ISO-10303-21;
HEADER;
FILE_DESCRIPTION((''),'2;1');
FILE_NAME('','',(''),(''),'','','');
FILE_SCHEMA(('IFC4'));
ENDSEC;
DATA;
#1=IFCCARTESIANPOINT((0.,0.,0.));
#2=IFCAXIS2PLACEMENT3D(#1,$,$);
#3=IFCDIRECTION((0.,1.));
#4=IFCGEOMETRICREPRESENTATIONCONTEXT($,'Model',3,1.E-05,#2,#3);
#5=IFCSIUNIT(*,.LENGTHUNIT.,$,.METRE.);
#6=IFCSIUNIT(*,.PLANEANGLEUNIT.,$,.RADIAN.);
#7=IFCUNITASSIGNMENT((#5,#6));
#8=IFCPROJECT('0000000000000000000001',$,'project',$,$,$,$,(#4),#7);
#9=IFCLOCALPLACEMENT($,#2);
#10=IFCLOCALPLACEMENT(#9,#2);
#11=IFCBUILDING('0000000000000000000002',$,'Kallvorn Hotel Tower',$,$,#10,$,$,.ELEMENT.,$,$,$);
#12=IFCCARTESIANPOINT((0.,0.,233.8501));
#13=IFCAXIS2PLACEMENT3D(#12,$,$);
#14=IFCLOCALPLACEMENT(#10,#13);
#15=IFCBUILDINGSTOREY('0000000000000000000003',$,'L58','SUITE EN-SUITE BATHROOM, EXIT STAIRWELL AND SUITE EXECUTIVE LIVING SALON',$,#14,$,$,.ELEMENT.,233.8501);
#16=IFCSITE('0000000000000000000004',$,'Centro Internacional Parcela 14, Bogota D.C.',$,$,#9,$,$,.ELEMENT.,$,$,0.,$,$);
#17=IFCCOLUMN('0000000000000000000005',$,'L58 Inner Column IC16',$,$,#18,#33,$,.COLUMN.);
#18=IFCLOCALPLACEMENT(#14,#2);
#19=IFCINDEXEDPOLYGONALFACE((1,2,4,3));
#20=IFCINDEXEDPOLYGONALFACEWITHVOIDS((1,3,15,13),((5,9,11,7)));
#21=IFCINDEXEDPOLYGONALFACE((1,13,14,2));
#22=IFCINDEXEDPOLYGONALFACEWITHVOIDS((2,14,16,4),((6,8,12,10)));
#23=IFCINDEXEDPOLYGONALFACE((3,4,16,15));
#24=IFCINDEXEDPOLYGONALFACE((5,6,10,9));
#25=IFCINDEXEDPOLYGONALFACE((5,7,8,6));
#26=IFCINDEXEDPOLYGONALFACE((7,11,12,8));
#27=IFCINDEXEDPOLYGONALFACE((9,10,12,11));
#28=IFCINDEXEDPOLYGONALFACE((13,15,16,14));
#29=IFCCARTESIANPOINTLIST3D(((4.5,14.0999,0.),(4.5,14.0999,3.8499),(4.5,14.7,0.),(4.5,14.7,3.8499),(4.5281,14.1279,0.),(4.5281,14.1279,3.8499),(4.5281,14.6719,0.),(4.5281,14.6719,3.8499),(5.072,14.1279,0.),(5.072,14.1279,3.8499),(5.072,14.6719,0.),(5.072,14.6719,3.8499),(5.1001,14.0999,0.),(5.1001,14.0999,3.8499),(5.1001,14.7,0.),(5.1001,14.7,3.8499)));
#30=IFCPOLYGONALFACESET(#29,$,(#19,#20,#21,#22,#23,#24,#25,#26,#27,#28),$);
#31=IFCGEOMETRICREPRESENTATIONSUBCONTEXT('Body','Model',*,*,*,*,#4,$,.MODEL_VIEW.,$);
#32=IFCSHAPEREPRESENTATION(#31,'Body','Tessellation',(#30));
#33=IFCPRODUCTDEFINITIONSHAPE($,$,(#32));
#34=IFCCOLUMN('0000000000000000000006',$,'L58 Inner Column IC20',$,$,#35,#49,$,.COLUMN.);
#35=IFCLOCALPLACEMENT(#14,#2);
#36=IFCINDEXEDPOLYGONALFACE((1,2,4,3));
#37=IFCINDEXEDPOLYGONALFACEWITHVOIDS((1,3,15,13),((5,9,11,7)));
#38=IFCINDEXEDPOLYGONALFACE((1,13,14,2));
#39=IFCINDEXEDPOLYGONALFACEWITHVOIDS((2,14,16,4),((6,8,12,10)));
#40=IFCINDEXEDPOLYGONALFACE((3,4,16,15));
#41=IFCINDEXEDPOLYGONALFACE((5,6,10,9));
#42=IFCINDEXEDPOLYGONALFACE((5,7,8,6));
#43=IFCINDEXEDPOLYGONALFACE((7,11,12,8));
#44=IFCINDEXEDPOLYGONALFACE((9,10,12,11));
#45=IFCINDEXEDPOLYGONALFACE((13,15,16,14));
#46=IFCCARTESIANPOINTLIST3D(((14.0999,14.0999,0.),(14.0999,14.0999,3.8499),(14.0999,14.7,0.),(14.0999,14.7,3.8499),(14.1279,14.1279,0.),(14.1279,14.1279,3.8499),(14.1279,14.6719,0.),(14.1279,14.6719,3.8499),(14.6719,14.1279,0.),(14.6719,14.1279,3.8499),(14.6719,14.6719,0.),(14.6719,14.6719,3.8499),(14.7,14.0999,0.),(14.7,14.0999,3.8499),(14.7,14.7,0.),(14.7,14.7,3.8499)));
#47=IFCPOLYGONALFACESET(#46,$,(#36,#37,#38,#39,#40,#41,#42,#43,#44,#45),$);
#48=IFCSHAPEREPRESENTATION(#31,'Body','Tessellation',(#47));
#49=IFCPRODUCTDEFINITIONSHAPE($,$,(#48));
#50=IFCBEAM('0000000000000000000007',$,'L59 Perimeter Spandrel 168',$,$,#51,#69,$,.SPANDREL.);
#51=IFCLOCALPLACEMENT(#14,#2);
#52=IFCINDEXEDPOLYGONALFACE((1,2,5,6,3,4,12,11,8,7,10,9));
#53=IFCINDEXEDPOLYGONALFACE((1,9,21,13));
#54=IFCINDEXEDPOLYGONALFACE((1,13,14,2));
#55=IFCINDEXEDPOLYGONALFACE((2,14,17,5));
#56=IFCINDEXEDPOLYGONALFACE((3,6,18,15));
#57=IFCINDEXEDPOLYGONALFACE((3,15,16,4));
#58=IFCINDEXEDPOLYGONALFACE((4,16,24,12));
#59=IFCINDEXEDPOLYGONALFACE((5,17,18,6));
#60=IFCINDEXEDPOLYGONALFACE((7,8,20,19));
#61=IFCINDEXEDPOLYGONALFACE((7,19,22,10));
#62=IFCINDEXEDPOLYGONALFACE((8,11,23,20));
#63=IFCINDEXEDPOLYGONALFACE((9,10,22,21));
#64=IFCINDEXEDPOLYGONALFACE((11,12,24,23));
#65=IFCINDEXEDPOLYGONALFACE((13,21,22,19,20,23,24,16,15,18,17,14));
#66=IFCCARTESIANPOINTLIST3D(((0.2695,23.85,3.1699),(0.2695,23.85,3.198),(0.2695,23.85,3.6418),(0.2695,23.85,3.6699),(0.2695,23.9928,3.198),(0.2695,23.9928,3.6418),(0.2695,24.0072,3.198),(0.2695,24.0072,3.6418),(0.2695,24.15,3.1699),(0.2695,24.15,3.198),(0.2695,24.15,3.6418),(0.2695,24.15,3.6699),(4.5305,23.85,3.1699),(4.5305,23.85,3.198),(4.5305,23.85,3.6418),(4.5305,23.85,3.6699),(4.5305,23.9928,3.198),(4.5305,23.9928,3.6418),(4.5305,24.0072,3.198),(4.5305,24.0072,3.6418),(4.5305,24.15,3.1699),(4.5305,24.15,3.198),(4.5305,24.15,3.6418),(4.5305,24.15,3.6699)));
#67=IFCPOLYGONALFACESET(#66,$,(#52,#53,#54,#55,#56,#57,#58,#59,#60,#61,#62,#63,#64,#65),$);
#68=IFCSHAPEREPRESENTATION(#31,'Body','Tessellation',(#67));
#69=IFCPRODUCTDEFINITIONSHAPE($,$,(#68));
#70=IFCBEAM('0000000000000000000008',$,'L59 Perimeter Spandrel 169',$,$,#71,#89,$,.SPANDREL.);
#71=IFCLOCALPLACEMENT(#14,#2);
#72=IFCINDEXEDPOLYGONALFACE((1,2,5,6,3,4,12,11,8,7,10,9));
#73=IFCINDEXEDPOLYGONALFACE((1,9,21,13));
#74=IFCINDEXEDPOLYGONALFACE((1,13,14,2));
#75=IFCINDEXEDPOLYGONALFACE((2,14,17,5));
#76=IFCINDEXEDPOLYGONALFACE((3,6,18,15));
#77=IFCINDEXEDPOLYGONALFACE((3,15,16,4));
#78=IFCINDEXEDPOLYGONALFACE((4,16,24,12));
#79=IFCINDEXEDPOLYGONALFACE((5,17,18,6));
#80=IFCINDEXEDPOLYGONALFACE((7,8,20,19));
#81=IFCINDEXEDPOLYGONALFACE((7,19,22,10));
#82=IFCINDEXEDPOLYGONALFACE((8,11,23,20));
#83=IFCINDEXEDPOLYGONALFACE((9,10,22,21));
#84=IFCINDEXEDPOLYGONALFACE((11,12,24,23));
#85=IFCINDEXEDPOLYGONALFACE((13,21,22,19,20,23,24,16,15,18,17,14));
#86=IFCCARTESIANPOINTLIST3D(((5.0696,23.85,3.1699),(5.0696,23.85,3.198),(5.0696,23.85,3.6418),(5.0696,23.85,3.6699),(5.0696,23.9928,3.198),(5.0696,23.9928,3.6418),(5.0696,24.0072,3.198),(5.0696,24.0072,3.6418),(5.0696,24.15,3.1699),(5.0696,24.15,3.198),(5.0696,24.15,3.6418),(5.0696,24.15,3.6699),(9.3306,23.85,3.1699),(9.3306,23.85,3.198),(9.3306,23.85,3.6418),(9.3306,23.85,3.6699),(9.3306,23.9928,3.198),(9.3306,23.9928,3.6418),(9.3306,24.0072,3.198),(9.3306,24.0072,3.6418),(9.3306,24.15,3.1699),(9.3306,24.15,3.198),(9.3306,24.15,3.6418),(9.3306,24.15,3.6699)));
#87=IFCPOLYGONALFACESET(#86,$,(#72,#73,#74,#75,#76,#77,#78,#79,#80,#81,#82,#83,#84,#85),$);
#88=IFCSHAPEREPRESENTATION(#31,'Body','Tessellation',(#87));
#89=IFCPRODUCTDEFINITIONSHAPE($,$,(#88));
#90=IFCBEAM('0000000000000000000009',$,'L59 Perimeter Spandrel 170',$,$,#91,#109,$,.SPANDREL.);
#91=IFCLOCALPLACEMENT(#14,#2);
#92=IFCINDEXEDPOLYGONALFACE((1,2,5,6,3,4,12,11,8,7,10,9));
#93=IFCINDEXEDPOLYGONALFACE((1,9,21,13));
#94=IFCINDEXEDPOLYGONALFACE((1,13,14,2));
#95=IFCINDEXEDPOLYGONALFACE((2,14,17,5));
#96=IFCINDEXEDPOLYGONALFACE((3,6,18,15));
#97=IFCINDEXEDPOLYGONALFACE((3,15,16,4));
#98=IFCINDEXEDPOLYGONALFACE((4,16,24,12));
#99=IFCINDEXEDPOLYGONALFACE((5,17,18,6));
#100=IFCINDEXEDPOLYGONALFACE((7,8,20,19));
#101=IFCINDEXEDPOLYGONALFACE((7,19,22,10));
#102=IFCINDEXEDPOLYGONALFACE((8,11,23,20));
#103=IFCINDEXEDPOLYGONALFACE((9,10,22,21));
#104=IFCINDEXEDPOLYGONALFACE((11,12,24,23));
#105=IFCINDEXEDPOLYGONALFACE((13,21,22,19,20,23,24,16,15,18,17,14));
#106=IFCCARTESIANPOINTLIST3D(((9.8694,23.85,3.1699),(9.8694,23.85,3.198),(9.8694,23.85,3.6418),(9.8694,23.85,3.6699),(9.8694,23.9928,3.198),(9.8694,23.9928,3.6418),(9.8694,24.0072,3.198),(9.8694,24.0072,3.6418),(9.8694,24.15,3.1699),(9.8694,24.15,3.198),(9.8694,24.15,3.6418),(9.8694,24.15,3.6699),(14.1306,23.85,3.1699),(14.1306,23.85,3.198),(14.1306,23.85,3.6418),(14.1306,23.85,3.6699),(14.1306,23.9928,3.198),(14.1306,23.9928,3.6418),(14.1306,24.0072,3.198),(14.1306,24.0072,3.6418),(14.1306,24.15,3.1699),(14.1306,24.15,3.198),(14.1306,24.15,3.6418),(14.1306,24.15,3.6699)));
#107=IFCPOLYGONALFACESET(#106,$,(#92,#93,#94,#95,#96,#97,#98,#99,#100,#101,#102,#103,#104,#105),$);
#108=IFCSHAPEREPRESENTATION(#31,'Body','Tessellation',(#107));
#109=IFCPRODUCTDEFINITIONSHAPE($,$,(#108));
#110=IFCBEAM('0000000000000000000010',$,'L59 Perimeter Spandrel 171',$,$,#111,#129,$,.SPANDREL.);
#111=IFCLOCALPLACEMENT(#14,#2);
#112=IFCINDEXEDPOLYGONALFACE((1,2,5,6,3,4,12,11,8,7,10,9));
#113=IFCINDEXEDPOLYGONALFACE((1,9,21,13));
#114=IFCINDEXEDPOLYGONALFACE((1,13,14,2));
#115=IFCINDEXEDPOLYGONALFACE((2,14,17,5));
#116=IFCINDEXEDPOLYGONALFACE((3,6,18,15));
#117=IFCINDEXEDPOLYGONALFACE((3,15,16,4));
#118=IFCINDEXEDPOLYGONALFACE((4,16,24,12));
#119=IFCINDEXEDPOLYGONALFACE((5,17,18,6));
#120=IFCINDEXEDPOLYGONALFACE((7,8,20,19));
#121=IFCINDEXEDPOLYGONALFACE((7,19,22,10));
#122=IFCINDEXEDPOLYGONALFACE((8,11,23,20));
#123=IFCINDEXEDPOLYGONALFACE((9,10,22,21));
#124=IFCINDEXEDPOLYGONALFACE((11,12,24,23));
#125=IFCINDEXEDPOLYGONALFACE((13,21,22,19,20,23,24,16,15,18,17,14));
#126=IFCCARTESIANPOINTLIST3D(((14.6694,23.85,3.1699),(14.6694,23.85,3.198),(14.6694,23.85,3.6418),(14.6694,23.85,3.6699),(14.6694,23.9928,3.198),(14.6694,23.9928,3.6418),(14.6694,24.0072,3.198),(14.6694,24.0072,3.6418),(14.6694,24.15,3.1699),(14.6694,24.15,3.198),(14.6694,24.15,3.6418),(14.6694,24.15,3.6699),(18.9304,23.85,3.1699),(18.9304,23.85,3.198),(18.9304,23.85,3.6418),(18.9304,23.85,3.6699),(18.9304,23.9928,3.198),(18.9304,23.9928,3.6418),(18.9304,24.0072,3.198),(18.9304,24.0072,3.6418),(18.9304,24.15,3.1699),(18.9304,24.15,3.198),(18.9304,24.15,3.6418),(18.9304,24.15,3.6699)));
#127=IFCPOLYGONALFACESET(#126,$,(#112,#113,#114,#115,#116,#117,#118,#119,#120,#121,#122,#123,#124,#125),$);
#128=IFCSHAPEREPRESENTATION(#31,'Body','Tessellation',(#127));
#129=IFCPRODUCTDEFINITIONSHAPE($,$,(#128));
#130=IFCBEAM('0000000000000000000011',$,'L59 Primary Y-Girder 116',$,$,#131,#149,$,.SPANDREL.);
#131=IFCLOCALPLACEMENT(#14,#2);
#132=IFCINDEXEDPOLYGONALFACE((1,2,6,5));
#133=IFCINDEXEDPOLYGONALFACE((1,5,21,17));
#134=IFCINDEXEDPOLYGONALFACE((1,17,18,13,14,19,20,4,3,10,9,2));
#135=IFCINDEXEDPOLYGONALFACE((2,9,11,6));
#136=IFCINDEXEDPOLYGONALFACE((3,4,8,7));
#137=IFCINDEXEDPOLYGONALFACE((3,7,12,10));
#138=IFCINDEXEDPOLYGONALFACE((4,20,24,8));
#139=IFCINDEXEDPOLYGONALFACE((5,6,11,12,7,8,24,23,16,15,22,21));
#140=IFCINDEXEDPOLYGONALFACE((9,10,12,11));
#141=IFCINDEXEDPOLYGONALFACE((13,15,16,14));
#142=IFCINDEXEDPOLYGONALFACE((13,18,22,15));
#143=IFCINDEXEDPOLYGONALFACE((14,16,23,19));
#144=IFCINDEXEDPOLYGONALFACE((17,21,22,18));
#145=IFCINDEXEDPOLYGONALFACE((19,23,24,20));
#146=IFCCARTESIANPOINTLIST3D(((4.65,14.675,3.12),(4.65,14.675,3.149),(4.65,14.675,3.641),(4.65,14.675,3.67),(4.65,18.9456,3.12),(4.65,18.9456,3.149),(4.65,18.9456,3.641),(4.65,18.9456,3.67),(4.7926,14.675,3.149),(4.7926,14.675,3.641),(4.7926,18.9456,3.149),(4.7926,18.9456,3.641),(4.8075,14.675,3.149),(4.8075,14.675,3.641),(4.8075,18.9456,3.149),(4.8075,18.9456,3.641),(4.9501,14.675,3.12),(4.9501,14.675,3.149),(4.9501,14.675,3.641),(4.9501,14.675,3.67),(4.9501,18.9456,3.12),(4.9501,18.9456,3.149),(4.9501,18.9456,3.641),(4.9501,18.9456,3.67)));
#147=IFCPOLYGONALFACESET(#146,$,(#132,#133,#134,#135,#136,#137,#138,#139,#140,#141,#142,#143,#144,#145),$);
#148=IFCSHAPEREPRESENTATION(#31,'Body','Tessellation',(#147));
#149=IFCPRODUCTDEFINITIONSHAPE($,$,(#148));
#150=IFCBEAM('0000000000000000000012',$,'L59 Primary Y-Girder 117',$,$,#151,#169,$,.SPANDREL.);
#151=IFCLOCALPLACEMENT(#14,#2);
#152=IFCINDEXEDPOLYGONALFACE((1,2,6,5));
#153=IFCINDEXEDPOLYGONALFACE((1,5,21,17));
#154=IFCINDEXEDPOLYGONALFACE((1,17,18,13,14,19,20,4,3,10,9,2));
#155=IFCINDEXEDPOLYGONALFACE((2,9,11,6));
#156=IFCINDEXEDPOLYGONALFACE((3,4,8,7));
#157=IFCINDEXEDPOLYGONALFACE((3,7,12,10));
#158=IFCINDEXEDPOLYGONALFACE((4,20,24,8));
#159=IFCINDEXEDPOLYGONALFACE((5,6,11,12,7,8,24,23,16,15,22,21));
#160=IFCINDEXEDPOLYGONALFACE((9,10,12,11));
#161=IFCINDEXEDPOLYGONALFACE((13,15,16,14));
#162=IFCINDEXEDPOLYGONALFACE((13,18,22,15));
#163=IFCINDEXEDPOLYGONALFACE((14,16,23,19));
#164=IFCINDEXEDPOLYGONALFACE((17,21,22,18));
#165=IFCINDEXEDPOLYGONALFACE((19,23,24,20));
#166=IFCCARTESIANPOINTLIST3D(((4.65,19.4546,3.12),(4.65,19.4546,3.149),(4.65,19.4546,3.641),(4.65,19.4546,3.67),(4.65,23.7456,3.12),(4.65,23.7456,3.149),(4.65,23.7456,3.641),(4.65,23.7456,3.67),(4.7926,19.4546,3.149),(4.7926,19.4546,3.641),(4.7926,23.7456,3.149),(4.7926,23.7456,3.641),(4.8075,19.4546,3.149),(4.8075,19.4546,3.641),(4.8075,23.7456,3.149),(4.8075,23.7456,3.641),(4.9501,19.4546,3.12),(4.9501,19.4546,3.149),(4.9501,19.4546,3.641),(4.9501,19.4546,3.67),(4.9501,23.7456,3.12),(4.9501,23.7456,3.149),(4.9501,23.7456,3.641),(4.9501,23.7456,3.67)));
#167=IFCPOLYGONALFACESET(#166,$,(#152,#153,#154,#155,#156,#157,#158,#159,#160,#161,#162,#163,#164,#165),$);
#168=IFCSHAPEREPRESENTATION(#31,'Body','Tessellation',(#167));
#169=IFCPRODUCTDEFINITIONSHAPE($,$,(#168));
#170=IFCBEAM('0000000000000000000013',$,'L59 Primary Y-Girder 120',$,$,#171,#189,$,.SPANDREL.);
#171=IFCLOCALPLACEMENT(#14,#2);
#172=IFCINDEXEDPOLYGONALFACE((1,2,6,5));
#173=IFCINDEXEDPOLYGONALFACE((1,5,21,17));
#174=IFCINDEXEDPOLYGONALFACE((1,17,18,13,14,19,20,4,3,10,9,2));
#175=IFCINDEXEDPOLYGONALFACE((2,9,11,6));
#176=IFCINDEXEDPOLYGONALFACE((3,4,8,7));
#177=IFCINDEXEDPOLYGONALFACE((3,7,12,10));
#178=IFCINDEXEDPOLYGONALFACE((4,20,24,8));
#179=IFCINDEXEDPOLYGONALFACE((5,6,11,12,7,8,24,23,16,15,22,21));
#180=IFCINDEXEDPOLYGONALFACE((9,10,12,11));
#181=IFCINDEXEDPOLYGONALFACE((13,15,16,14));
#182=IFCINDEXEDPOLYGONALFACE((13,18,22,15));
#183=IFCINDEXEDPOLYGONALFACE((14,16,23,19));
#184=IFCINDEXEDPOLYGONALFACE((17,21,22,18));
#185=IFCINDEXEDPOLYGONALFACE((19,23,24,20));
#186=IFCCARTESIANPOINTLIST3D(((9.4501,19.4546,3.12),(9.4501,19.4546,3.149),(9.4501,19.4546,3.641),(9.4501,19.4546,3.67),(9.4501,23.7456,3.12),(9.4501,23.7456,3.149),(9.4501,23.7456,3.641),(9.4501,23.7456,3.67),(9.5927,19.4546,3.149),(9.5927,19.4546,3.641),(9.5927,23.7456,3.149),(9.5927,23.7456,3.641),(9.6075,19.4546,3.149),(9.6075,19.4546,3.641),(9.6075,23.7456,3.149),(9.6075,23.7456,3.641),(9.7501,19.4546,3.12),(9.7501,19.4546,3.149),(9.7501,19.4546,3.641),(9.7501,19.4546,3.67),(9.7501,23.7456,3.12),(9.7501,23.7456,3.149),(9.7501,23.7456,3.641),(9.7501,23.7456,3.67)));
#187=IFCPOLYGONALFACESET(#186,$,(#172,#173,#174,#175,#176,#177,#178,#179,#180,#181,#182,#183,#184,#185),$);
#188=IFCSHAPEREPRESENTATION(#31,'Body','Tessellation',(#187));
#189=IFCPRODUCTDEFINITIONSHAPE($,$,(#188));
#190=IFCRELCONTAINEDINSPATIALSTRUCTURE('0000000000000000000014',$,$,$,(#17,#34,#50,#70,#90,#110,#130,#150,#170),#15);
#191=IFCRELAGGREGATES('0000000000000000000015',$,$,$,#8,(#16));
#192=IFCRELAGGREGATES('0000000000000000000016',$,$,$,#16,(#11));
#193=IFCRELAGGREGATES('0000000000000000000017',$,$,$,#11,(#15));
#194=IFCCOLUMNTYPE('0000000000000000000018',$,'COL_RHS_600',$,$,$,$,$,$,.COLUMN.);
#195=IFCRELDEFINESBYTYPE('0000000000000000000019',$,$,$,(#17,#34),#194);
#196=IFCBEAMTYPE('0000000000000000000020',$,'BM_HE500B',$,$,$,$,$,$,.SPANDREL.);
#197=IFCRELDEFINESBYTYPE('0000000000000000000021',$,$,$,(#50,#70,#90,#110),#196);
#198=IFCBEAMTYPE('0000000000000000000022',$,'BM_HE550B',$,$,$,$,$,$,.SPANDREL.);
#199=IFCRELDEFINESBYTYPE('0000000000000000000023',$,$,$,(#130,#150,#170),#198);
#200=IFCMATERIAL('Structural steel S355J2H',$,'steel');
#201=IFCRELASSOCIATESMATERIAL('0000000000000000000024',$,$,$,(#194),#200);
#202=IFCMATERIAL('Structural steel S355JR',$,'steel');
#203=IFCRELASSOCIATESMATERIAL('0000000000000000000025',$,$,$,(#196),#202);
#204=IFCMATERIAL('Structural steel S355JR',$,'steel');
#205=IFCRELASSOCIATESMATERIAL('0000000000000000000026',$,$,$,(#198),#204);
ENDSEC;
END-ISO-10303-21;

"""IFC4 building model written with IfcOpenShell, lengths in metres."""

from ifc_helpers import new_model, si_unit, direction, frame, origin, origin_2d, place, context, subcontext, project, spatial, hollow_rectangle, i_section, extrude, material, material_profile, profile_set, type_object, element, save


model = new_model("IFC4")

# Units and contexts
model_context = context("Model", 3, precision=1e-05, world=origin(), true_north=direction((0.0, 1.0)))
body_context = subcontext(model_context, "Body", "Model", "MODEL_VIEW")
ifc_project = project(units=[si_unit("LENGTHUNIT", "METRE"), si_unit("PLANEANGLEUNIT", "RADIAN")], contexts=[model_context])

# Site, building, storey
site_placement = place(None, origin())
site = spatial("IfcSite", under=ifc_project, at=site_placement, Name="Centro Internacional Parcela 14, Bogota D.C.", CompositionType="ELEMENT", RefElevation=0.0)
building_placement = place(site_placement, origin())
building = spatial("IfcBuilding", under=site, at=building_placement, Name="Kallvorn Hotel Tower", CompositionType="ELEMENT")
storey_placement = place(building_placement, frame((0.0, 0.0, 233.8501)))
storey = spatial("IfcBuildingStorey", under=building, at=storey_placement, Name="L58", Description="SUITE EN-SUITE BATHROOM, EXIT STAIRWELL AND SUITE EXECUTIVE LIVING SALON", CompositionType="ELEMENT", Elevation=233.8501)

# Columns
ifc_material_1 = material(Name="Structural steel S355J2H", Category="steel")
ifc_material_profile_1 = material_profile(ifc_material_1, hollow_rectangle(XDim=0.6001, YDim=0.6001, WallThickness=0.0281, at=origin_2d()), Name="RHS 600x600x28")
ifc_profile_set_1 = profile_set([ifc_material_profile_1], Name="Structural steel S355J2H")
column_type_1 = type_object("IfcColumnType", Name="COL_RHS_600", PredefinedType="COLUMN", material=ifc_profile_set_1)
for number, where, z_axis, x_axis, name in (
    (1, (4.8, 14.3999, 0.0), (0.0, 0.0, 1.0), (1.0, 0.0, 0.0), "L58 Inner Column IC16"),
    (2, (14.3999, 14.3999, 0.0), (0.0, 0.0, 1.0), (1.0, 0.0, 0.0), "L58 Inner Column IC20"),
):
    element("IfcColumn", number, at=place(storey_placement, frame(where, z_axis=z_axis, x_axis=x_axis)), inside=storey, type_object=column_type_1, Name=name, PredefinedType="COLUMN", context=body_context, shape_type="SweptSolid", body=[
        extrude(hollow_rectangle(XDim=0.6001, YDim=0.6001, WallThickness=0.0281, at=origin_2d()), origin(), (0.0, 0.0, 1.0), 3.8499),
    ])

# Beams
ifc_material_2 = material(Name="Structural steel S355JR", Category="steel")
ifc_material_profile_2 = material_profile(ifc_material_2, i_section(OverallWidth=0.3, OverallDepth=0.5, WebThickness=0.0144, FlangeThickness=0.0281, at=origin_2d()), Name="HE 500 B")
ifc_profile_set_2 = profile_set([ifc_material_profile_2], Name="Structural steel S355JR")
beam_type_1 = type_object("IfcBeamType", Name="BM_HE500B", PredefinedType="SPANDREL", material=ifc_profile_set_2)
for number, where, z_axis, x_axis, name in (
    (3, (0.2695, 24.0, 3.4199), (1.0, 0.0, 0.0), (0.0, 1.0, 0.0), "L59 Perimeter Spandrel 168"),
    (4, (5.0696, 24.0, 3.4199), (1.0, 0.0, 0.0), (0.0, 1.0, 0.0), "L59 Perimeter Spandrel 169"),
):
    element("IfcBeam", number, at=place(storey_placement, frame(where, z_axis=z_axis, x_axis=x_axis)), inside=storey, type_object=beam_type_1, Name=name, PredefinedType="SPANDREL", context=body_context, shape_type="SweptSolid", body=[
        extrude(i_section(OverallWidth=0.3, OverallDepth=0.5, WebThickness=0.0144, FlangeThickness=0.0281, at=origin_2d()), origin(), (0.0, 0.0, 1.0), 4.261),
    ])
beam_1_placement = place(storey_placement, frame((9.8694, 24.0, 3.4199), z_axis=(1.0, 0.0, 0.0), x_axis=(0.0, 1.0, 0.0)))
element("IfcBeam", 5, at=beam_1_placement, inside=storey, type_object=beam_type_1, Name="L59 Perimeter Spandrel 170", PredefinedType="SPANDREL", context=body_context, shape_type="SweptSolid", body=[
    extrude(i_section(OverallWidth=0.3, OverallDepth=0.5, WebThickness=0.0144, FlangeThickness=0.0281, at=origin_2d()), origin(), (0.0, 0.0, 1.0), 4.2612),
])
beam_2_placement = place(storey_placement, frame((14.6694, 24.0, 3.4199), z_axis=(1.0, 0.0, 0.0), x_axis=(0.0, 1.0, 0.0)))
element("IfcBeam", 6, at=beam_2_placement, inside=storey, type_object=beam_type_1, Name="L59 Perimeter Spandrel 171", PredefinedType="SPANDREL", context=body_context, shape_type="SweptSolid", body=[
    extrude(i_section(OverallWidth=0.3, OverallDepth=0.5, WebThickness=0.0144, FlangeThickness=0.0281, at=origin_2d()), origin(), (0.0, 0.0, 1.0), 4.261),
])
ifc_material_3 = material(Name="Structural steel S355JR", Category="steel")
ifc_material_profile_3 = material_profile(ifc_material_3, i_section(OverallWidth=0.3, OverallDepth=0.55, WebThickness=0.0149, FlangeThickness=0.0291, at=origin_2d()), Name="HE 550 B")
ifc_profile_set_3 = profile_set([ifc_material_profile_3], Name="Structural steel S355JR")
beam_type_2 = type_object("IfcBeamType", Name="BM_HE550B", PredefinedType="SPANDREL", material=ifc_profile_set_3)
beam_3_placement = place(storey_placement, frame((4.8, 14.675, 3.395), z_axis=(0.0, 1.0, 0.0), x_axis=(-1.0, 0.0, 0.0)))
element("IfcBeam", 7, at=beam_3_placement, inside=storey, type_object=beam_type_2, Name="L59 Primary Y-Girder 116", PredefinedType="SPANDREL", context=body_context, shape_type="SweptSolid", body=[
    extrude(i_section(OverallWidth=0.3, OverallDepth=0.55, WebThickness=0.0149, FlangeThickness=0.0291, at=origin_2d()), origin(), (0.0, 0.0, 1.0), 4.2705),
])
for number, where, z_axis, x_axis, name in (
    (8, (4.8, 19.4546, 3.395), (0.0, 1.0, 0.0), (-1.0, 0.0, 0.0), "L59 Primary Y-Girder 117"),
    (9, (9.6001, 19.4546, 3.395), (0.0, 1.0, 0.0), (-1.0, 0.0, 0.0), "L59 Primary Y-Girder 120"),
):
    element("IfcBeam", number, at=place(storey_placement, frame(where, z_axis=z_axis, x_axis=x_axis)), inside=storey, type_object=beam_type_2, Name=name, PredefinedType="SPANDREL", context=body_context, shape_type="SweptSolid", body=[
        extrude(i_section(OverallWidth=0.3, OverallDepth=0.55, WebThickness=0.0149, FlangeThickness=0.0291, at=origin_2d()), origin(), (0.0, 0.0, 1.0), 4.291),
    ])

save(model, "model.ifc")
